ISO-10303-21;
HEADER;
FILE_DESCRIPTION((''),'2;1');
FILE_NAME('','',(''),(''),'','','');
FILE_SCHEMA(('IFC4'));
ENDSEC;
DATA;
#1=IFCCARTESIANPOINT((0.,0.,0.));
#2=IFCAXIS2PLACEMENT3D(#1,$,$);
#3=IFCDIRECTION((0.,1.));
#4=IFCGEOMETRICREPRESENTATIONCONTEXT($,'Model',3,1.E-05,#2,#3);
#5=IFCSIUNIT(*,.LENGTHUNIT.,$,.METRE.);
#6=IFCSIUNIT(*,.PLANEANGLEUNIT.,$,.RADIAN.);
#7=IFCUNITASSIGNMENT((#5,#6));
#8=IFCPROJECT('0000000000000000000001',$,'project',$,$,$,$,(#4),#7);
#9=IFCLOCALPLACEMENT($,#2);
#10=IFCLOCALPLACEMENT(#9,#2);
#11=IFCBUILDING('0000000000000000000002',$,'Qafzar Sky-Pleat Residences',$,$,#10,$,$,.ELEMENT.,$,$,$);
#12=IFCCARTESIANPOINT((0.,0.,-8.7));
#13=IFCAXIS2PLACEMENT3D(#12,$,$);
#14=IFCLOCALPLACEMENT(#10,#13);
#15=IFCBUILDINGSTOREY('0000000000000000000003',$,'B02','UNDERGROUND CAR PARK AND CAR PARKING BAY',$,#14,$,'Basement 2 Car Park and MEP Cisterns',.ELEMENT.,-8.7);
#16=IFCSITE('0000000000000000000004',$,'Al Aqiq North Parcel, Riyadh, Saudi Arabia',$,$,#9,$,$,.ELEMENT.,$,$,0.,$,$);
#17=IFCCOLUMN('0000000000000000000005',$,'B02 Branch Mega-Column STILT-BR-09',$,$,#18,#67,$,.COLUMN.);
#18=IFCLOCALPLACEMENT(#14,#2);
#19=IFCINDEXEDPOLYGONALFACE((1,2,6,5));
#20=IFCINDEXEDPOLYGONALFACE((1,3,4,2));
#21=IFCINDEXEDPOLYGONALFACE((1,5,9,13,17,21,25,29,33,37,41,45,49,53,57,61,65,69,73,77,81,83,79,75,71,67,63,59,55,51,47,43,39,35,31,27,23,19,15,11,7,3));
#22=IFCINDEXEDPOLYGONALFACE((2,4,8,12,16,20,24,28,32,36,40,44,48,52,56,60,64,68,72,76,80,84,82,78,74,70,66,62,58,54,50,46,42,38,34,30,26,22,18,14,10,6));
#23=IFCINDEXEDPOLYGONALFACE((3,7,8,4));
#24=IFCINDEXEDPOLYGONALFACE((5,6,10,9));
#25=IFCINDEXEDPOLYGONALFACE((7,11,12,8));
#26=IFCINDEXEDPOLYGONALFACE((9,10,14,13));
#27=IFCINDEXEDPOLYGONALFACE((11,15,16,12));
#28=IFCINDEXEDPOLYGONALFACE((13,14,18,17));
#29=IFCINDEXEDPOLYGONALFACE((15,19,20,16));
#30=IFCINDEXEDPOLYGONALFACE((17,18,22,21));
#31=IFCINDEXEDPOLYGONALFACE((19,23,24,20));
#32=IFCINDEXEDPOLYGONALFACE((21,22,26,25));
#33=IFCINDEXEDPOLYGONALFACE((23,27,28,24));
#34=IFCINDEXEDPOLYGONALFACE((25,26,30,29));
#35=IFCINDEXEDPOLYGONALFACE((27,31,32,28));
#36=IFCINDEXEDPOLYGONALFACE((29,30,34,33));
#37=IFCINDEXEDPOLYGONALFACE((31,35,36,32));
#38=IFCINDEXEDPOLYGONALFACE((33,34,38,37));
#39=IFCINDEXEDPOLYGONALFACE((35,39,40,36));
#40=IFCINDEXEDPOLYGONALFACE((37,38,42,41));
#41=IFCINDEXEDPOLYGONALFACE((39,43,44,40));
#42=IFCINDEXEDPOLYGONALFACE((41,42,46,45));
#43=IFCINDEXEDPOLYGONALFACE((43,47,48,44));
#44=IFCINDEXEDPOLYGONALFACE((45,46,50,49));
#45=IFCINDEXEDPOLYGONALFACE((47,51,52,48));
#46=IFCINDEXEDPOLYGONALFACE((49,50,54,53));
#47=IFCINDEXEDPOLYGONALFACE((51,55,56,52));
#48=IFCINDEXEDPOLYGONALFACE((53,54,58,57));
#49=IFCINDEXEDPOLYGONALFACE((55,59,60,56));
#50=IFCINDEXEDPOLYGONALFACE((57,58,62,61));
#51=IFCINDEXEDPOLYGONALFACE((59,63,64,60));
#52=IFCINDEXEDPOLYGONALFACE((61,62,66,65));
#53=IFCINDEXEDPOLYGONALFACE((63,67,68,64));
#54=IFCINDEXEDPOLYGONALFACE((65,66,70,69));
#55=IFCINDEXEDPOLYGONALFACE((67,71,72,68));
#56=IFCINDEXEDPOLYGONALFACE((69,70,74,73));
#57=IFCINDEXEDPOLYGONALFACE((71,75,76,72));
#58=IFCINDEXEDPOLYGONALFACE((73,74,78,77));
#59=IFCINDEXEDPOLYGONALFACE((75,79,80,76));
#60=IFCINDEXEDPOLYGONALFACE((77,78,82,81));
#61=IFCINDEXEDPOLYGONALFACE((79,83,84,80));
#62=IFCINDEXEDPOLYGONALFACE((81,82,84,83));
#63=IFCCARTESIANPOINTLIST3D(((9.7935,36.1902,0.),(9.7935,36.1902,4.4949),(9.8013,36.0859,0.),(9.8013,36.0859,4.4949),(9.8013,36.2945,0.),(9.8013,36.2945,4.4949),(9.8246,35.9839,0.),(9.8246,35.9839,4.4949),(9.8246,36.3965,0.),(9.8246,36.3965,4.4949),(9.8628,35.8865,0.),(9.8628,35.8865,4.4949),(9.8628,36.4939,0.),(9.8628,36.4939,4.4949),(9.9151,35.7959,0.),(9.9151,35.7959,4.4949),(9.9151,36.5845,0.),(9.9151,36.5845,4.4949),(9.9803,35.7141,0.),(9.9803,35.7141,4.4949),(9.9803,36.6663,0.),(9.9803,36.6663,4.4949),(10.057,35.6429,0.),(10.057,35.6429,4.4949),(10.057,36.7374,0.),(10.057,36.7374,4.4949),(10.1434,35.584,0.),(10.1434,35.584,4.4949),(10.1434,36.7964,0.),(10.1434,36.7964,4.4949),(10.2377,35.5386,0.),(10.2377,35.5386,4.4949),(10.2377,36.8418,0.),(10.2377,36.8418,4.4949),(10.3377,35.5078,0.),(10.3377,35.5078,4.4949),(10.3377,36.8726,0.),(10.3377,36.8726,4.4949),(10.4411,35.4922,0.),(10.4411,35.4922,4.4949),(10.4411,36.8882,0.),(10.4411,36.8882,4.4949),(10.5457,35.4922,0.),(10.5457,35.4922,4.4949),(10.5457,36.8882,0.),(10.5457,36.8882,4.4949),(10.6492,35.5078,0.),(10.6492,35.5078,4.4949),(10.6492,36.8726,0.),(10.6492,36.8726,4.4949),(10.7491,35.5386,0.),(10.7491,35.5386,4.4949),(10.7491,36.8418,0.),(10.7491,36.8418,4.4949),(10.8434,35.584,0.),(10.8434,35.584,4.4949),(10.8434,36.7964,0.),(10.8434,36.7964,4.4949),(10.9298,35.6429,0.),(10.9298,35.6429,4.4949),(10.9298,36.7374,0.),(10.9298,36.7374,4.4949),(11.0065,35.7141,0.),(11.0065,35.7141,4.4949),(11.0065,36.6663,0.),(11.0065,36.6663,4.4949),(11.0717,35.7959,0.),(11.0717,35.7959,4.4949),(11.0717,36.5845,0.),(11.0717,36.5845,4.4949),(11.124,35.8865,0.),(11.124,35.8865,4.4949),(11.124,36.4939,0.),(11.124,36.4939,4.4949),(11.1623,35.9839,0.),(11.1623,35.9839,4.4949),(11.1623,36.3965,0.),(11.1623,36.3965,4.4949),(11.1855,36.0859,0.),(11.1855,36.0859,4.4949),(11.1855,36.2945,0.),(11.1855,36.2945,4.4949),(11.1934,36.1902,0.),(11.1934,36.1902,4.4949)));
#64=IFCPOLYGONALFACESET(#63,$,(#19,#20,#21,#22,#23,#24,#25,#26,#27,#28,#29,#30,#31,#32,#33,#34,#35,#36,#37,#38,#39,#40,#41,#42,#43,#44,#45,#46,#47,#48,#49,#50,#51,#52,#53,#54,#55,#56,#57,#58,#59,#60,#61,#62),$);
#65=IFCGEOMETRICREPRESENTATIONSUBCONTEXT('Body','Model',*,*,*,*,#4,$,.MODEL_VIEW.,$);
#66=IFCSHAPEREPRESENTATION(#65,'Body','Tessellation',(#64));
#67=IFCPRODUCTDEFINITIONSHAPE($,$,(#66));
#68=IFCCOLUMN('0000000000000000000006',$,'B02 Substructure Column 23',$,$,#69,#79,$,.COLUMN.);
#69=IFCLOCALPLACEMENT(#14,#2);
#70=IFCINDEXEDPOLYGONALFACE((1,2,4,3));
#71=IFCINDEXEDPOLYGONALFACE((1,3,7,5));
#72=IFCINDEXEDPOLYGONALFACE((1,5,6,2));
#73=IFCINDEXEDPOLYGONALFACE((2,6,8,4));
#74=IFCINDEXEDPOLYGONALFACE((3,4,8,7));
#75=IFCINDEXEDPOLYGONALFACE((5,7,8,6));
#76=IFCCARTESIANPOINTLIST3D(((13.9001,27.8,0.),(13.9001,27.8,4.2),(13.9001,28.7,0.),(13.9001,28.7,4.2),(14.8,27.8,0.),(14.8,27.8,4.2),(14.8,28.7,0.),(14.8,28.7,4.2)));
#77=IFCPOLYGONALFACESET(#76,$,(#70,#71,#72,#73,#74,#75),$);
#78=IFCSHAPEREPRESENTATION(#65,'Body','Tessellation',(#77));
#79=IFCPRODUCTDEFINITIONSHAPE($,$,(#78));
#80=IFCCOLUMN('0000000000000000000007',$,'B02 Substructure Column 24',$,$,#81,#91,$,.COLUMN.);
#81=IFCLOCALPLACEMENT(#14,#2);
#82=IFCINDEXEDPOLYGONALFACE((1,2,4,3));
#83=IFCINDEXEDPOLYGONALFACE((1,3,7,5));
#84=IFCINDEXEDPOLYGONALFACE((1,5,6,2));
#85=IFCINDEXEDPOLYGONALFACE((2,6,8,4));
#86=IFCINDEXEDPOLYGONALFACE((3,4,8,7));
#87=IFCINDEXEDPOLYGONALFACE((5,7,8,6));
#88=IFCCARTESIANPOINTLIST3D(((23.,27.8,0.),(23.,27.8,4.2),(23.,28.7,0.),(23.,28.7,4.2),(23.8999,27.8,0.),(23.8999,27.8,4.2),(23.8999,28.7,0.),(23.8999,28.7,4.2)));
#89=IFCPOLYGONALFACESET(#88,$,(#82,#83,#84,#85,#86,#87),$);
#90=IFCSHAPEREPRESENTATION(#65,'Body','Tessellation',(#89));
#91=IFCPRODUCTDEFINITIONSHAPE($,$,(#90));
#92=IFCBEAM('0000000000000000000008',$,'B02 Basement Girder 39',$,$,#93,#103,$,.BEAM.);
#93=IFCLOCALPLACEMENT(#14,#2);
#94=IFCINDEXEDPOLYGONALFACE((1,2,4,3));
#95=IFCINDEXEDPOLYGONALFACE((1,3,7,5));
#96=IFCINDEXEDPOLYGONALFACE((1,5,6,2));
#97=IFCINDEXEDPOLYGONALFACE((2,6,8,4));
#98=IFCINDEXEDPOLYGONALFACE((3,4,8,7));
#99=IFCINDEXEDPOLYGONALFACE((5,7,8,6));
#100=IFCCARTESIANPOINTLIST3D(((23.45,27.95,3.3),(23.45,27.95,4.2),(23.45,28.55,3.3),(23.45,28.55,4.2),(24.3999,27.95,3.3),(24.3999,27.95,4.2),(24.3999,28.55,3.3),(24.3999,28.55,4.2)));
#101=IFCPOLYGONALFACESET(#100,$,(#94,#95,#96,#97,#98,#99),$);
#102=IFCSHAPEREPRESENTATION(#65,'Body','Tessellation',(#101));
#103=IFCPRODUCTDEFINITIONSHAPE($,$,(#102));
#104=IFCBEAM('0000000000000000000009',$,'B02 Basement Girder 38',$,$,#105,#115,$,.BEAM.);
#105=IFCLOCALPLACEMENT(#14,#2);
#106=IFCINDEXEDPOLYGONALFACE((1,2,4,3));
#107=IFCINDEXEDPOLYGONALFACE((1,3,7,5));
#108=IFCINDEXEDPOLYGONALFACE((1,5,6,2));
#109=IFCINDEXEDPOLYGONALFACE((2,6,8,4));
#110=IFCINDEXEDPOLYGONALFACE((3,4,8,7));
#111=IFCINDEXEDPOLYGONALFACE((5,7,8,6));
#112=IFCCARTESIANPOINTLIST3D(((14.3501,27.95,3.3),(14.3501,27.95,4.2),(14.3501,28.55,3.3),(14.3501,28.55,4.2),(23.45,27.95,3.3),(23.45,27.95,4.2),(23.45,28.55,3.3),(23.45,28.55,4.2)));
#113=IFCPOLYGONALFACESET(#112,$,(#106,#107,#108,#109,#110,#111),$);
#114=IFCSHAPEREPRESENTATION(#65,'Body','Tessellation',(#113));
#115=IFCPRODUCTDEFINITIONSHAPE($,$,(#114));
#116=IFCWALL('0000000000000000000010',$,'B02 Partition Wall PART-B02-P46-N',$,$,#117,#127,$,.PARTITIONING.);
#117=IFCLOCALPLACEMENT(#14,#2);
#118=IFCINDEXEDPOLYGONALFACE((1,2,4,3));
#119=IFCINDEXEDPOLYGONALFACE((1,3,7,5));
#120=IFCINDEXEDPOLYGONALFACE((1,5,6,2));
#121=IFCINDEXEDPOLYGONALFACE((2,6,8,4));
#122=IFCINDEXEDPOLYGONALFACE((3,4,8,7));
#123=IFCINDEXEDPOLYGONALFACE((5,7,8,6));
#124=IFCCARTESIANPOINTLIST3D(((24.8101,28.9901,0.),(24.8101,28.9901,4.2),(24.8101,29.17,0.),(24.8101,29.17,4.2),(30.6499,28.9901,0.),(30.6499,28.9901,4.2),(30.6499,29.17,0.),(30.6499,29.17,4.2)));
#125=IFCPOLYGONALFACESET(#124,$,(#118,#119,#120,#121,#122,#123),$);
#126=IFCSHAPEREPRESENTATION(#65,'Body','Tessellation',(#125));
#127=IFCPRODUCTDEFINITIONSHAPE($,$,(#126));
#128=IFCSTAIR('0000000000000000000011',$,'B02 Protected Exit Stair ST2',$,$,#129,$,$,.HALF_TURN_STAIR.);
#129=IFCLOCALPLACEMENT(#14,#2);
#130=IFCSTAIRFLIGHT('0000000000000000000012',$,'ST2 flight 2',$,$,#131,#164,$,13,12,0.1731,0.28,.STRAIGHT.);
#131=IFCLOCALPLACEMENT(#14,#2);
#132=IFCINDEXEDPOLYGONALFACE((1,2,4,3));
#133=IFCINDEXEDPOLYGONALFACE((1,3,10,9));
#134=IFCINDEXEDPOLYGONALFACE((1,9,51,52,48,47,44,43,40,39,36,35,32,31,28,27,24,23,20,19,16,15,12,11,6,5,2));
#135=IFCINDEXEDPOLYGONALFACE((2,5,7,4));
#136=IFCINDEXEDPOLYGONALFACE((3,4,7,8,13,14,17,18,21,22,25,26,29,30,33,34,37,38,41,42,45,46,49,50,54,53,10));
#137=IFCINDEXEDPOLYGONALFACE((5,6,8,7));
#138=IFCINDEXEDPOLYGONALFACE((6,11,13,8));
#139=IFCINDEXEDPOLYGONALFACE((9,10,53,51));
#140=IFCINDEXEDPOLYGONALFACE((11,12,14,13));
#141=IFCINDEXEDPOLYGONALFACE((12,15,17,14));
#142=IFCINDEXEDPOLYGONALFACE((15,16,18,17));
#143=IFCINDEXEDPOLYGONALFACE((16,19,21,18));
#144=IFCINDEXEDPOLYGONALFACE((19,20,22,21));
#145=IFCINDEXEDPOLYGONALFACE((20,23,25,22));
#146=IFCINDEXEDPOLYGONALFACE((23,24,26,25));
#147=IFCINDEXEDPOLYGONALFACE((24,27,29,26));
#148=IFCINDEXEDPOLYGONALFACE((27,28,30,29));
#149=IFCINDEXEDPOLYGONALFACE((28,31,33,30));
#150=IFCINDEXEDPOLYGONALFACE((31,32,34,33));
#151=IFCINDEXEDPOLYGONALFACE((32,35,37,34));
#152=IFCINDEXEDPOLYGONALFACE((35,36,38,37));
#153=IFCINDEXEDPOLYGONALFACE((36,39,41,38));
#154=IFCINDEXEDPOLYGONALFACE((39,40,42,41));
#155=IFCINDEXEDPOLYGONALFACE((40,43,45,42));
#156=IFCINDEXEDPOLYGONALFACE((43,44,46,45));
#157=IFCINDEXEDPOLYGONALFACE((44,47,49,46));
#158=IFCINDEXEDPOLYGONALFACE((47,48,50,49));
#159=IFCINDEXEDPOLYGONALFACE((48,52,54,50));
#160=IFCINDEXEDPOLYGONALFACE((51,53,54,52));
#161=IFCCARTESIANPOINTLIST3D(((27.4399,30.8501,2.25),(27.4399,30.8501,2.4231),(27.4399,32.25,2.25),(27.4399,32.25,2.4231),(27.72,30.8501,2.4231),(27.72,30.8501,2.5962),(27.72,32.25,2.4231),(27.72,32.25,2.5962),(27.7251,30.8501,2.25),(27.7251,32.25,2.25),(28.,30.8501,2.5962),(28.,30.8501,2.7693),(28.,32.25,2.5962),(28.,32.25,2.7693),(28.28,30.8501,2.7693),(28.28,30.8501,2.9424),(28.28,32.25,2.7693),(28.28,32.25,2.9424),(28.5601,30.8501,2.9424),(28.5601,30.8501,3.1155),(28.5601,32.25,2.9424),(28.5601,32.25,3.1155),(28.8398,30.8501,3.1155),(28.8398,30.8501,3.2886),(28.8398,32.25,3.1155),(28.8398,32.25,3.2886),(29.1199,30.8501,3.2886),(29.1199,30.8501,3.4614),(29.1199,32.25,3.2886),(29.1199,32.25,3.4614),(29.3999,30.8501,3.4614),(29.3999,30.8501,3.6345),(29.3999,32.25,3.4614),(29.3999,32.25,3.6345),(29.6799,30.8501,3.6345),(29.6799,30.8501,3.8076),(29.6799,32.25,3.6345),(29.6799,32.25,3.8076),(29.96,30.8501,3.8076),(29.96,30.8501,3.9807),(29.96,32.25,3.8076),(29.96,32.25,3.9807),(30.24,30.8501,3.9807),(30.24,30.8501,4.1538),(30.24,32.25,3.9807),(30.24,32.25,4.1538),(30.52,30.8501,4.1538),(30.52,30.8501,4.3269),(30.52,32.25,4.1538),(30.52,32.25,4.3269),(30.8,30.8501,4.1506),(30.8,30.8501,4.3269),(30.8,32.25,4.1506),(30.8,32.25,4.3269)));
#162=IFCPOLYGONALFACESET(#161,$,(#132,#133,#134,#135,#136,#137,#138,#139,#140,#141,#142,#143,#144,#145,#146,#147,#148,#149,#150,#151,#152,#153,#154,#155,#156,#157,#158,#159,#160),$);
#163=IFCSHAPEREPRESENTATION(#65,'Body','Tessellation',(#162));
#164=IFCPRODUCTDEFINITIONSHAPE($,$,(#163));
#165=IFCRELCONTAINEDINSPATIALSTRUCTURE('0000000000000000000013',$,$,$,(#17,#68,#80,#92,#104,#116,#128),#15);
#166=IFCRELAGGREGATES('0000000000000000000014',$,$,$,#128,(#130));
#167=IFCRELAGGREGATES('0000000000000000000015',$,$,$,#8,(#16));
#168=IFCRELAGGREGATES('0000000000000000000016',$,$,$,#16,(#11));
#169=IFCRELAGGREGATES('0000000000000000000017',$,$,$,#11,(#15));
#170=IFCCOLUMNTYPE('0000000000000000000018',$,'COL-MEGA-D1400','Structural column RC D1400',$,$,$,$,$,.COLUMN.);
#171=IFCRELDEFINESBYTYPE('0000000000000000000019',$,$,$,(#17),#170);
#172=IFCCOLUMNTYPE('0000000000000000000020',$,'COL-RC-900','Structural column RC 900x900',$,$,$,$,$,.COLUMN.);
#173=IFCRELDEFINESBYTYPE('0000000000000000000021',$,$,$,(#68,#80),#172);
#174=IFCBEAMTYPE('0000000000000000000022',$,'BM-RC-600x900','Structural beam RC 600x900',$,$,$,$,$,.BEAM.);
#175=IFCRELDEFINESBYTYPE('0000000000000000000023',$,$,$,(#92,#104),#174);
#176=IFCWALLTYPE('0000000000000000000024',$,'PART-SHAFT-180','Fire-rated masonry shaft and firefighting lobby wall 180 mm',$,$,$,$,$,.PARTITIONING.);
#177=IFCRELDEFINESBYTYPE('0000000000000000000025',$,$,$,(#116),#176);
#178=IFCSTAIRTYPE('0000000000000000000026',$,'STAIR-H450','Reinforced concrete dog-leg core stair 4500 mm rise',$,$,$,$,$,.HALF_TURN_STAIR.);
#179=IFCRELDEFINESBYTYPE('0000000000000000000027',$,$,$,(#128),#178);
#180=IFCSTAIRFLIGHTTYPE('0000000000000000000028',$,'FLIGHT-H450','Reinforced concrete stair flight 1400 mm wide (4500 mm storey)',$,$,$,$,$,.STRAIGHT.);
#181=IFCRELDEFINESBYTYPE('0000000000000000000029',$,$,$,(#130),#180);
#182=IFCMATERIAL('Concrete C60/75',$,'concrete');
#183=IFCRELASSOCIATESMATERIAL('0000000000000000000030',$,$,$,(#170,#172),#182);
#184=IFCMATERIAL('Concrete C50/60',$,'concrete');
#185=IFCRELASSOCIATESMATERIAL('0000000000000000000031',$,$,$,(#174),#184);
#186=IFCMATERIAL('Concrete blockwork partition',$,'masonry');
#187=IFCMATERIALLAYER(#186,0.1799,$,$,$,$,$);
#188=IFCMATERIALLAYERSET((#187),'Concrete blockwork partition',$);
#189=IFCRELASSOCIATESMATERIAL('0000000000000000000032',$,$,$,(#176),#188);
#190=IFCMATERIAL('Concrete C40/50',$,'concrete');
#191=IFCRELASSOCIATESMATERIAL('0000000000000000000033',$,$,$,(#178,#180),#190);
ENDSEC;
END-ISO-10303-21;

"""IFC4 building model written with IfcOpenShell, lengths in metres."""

from ifc_helpers import new_model, si_unit, direction, frame, frame_2d, origin, origin_2d, place, context, subcontext, project, spatial, polyline, rectangle, circle, outline, extrude, source, transform, mapped, material, layer, layer_set, material_profile, profile_set, type_object, element, aggregate, save


model = new_model("IFC4")

# Units and contexts
model_context = context("Model", 3, precision=1e-05, world=origin(), true_north=direction((0.0, 1.0)))
body_context = subcontext(model_context, "Body", "Model", "MODEL_VIEW")
ifc_project = project(units=[si_unit("LENGTHUNIT", "METRE"), si_unit("PLANEANGLEUNIT", "RADIAN")], contexts=[model_context])

# Site, building, storey
site_placement = place(None, origin())
site = spatial("IfcSite", under=ifc_project, at=site_placement, Name="Al Aqiq North Parcel, Riyadh, Saudi Arabia", CompositionType="ELEMENT", RefElevation=0.0)
building_placement = place(site_placement, origin())
building = spatial("IfcBuilding", under=site, at=building_placement, Name="Qafzar Sky-Pleat Residences", CompositionType="ELEMENT")
storey_placement = place(building_placement, frame((0.0, 0.0, -8.7)))
storey = spatial("IfcBuildingStorey", under=building, at=storey_placement, Name="B02", Description="UNDERGROUND CAR PARK AND CAR PARKING BAY", LongName="Basement 2 Car Park and MEP Cisterns", CompositionType="ELEMENT", Elevation=-8.7)

# Shared definitions
ifc_material_1 = material(Name="Concrete C50/60", Category="concrete")

# Columns
ifc_material_2 = material(Name="Concrete C60/75", Category="concrete")
ifc_material_profile_1 = material_profile(ifc_material_2, circle(Radius=0.7, at=origin_2d()), Name="RC D1400")
ifc_profile_set_1 = profile_set([ifc_material_profile_1], Name="Concrete C60/75")
column_type_1 = type_object("IfcColumnType", Name="COL-MEGA-D1400", Description="Structural column RC D1400", PredefinedType="COLUMN", material=ifc_profile_set_1)
shared_shape_1 = source(origin(), body_context, "Body", "SweptSolid", [
    extrude(circle(Radius=0.7, at=origin_2d()), origin(), (0.0, 0.0, 1.0), 4.4949),
])
column_placement = place(storey_placement, frame((10.4934, 36.1902, 0.0), z_axis=(0.0, 0.0, 1.0), x_axis=(1.0, 0.0, 0.0)))
element("IfcColumn", 1, at=column_placement, inside=storey, type_object=column_type_1, Name="B02 Branch Mega-Column STILT-BR-09", PredefinedType="COLUMN", context=body_context, shape_type="MappedRepresentation", body=[
    mapped(shared_shape_1, transform((0.0, 0.0, 0.0), x_axis=(1.0, 0.0, 0.0), y_axis=(0.0, 1.0, 0.0), z_axis=(0.0, 0.0, 1.0), scale=1.0)),
])
ifc_material_profile_2 = material_profile(ifc_material_2, rectangle(XDim=0.8999, YDim=0.8999, at=origin_2d()), Name="RC 900x900")
ifc_profile_set_2 = profile_set([ifc_material_profile_2], Name="Concrete C60/75")
column_type_2 = type_object("IfcColumnType", Name="COL-RC-900", Description="Structural column RC 900x900", PredefinedType="COLUMN", material=ifc_profile_set_2)
shared_shape_2 = source(origin(), body_context, "Body", "SweptSolid", [
    extrude(rectangle(XDim=0.8999, YDim=0.8999, at=origin_2d()), origin(), (0.0, 0.0, 1.0), 4.2),
])
for number, where, z_axis, x_axis, name in (
    (2, (14.3501, 28.25, 0.0), (0.0, 0.0, 1.0), (1.0, 0.0, 0.0), "B02 Substructure Column 23"),
    (3, (23.45, 28.25, 0.0), (0.0, 0.0, 1.0), (1.0, 0.0, 0.0), "B02 Substructure Column 24"),
):
    element("IfcColumn", number, at=place(storey_placement, frame(where, z_axis=z_axis, x_axis=x_axis)), inside=storey, type_object=column_type_2, Name=name, PredefinedType="COLUMN", context=body_context, shape_type="MappedRepresentation", body=[
        mapped(shared_shape_2, transform((0.0, 0.0, 0.0), x_axis=(1.0, 0.0, 0.0), y_axis=(0.0, 1.0, 0.0), z_axis=(0.0, 0.0, 1.0), scale=1.0)),
    ])

# Beams
ifc_material_profile_3 = material_profile(ifc_material_1, rectangle(XDim=0.6001, YDim=0.8999, at=origin_2d()), Name="RC 600x900")
ifc_profile_set_3 = profile_set([ifc_material_profile_3], Name="Concrete C50/60")
beam_type = type_object("IfcBeamType", Name="BM-RC-600x900", Description="Structural beam RC 600x900", PredefinedType="BEAM", material=ifc_profile_set_3)
shared_shape_3 = source(origin(), body_context, "Body", "SweptSolid", [
    extrude(rectangle(XDim=0.6001, YDim=0.8999, at=origin_2d()), origin(), (0.0, 0.0, 1.0), 0.95),
])
beam_1_placement = place(storey_placement, frame((23.45, 28.25, 3.75), z_axis=(1.0, 0.0, 0.0), x_axis=(0.0, 1.0, 0.0)))
element("IfcBeam", 4, at=beam_1_placement, inside=storey, type_object=beam_type, Name="B02 Basement Girder 39", PredefinedType="BEAM", context=body_context, shape_type="MappedRepresentation", body=[
    mapped(shared_shape_3, transform((0.0, 0.0, 0.0), x_axis=(1.0, 0.0, 0.0), y_axis=(0.0, 1.0, 0.0), z_axis=(0.0, 0.0, 1.0), scale=1.0)),
])
shared_shape_4 = source(origin(), body_context, "Body", "SweptSolid", [
    extrude(rectangle(XDim=0.6001, YDim=0.8999, at=origin_2d()), origin(), (0.0, 0.0, 1.0), 9.0999),
])
beam_2_placement = place(storey_placement, frame((14.3501, 28.25, 3.75), z_axis=(1.0, 0.0, 0.0), x_axis=(0.0, 1.0, 0.0)))
element("IfcBeam", 5, at=beam_2_placement, inside=storey, type_object=beam_type, Name="B02 Basement Girder 38", PredefinedType="BEAM", context=body_context, shape_type="MappedRepresentation", body=[
    mapped(shared_shape_4, transform((0.0, 0.0, 0.0), x_axis=(1.0, 0.0, 0.0), y_axis=(0.0, 1.0, 0.0), z_axis=(0.0, 0.0, 1.0), scale=1.0)),
])

# Wall
ifc_material_3 = material(Name="Concrete blockwork partition", Category="masonry")
ifc_layer_1 = layer(ifc_material_3, 0.1799)
ifc_layer_set_1 = layer_set([ifc_layer_1], Name="Concrete blockwork partition")
wall_type_1 = type_object("IfcWallType", Name="PART-SHAFT-180", Description="Fire-rated masonry shaft and firefighting lobby wall 180 mm", PredefinedType="PARTITIONING", material=ifc_layer_set_1)
wall_1_placement = place(storey_placement, frame((24.8101, 29.0801, 0.0), z_axis=(0.0, 0.0, 1.0), x_axis=(1.0, 0.0, 0.0)))
element("IfcWall", 6, at=wall_1_placement, inside=storey, type_object=wall_type_1, Name="B02 Partition Wall PART-B02-P46-N", PredefinedType="PARTITIONING", context=body_context, shape_type="SweptSolid", body=[
    extrude(rectangle(XDim=5.8398, YDim=0.1799, at=frame_2d((2.9199, 0.0))), origin(), (0.0, 0.0, 1.0), 4.2),
])

# Stair, stair flight
ifc_material_4 = material(Name="Concrete C40/50", Category="concrete")
stair_type = type_object("IfcStairType", Name="STAIR-H450", Description="Reinforced concrete dog-leg core stair 4500 mm rise", PredefinedType="HALF_TURN_STAIR", material=ifc_material_4)
stair_placement = place(storey_placement, origin())
stair = element("IfcStair", 7, at=stair_placement, inside=storey, type_object=stair_type, Name="B02 Protected Exit Stair ST2", PredefinedType="HALF_TURN_STAIR")
stair_flight_type = type_object("IfcStairFlightType", Name="FLIGHT-H450", Description="Reinforced concrete stair flight 1400 mm wide (4500 mm storey)", PredefinedType="STRAIGHT", material=ifc_material_4)
shared_shape_5 = source(origin(), body_context, "Body", "SweptSolid", [
    extrude(outline(polyline([(0.0, 0.0), (0.0, 0.1731), (0.28, 0.1731), (0.28, 0.3462), (0.5601, 0.3462), (0.5601, 0.5193), (0.8401, 0.5193), (0.8401, 0.6924), (1.1201, 0.6924), (1.1201, 0.8655), (1.3999, 0.8655), (1.3999, 1.0386), (1.6799, 1.0386), (1.6799, 1.2114), (1.96, 1.2114), (1.96, 1.3845), (2.24, 1.3845), (2.24, 1.5576), (2.52, 1.5576), (2.52, 1.7307), (2.8, 1.7307), (2.8, 1.9038), (3.0801, 1.9038), (3.0801, 2.0769), (3.3601, 2.0769), (3.3601, 2.25), (3.3601, 1.9006), (0.2852, 0.0), (0.0, 0.0)])), frame((0.0, 0.7, 0.0), z_axis=(0.0, -1.0, 0.0), x_axis=(1.0, 0.0, 0.0)), (0.0, 0.0, 1.0), 1.3999),
])
stair_flight_placement = place(storey_placement, frame((27.4399, 31.55, 2.25), z_axis=(0.0, 0.0, 1.0), x_axis=(1.0, 0.0, 0.0)))
stair_flight = element("IfcStairFlight", 8, at=stair_flight_placement, type_object=stair_flight_type, Name="ST2 flight 2", NumberOfRisers=13, NumberOfTreads=12, PredefinedType="STRAIGHT", RiserHeight=0.1731, TreadLength=0.28, context=body_context, shape_type="MappedRepresentation", body=[
    mapped(shared_shape_5, transform((0.0, 0.0, 0.0), x_axis=(1.0, 0.0, 0.0), y_axis=(0.0, 1.0, 0.0), z_axis=(0.0, 0.0, 1.0), scale=1.0)),
])
aggregate(stair, [stair_flight])

save(model, "model.ifc")
